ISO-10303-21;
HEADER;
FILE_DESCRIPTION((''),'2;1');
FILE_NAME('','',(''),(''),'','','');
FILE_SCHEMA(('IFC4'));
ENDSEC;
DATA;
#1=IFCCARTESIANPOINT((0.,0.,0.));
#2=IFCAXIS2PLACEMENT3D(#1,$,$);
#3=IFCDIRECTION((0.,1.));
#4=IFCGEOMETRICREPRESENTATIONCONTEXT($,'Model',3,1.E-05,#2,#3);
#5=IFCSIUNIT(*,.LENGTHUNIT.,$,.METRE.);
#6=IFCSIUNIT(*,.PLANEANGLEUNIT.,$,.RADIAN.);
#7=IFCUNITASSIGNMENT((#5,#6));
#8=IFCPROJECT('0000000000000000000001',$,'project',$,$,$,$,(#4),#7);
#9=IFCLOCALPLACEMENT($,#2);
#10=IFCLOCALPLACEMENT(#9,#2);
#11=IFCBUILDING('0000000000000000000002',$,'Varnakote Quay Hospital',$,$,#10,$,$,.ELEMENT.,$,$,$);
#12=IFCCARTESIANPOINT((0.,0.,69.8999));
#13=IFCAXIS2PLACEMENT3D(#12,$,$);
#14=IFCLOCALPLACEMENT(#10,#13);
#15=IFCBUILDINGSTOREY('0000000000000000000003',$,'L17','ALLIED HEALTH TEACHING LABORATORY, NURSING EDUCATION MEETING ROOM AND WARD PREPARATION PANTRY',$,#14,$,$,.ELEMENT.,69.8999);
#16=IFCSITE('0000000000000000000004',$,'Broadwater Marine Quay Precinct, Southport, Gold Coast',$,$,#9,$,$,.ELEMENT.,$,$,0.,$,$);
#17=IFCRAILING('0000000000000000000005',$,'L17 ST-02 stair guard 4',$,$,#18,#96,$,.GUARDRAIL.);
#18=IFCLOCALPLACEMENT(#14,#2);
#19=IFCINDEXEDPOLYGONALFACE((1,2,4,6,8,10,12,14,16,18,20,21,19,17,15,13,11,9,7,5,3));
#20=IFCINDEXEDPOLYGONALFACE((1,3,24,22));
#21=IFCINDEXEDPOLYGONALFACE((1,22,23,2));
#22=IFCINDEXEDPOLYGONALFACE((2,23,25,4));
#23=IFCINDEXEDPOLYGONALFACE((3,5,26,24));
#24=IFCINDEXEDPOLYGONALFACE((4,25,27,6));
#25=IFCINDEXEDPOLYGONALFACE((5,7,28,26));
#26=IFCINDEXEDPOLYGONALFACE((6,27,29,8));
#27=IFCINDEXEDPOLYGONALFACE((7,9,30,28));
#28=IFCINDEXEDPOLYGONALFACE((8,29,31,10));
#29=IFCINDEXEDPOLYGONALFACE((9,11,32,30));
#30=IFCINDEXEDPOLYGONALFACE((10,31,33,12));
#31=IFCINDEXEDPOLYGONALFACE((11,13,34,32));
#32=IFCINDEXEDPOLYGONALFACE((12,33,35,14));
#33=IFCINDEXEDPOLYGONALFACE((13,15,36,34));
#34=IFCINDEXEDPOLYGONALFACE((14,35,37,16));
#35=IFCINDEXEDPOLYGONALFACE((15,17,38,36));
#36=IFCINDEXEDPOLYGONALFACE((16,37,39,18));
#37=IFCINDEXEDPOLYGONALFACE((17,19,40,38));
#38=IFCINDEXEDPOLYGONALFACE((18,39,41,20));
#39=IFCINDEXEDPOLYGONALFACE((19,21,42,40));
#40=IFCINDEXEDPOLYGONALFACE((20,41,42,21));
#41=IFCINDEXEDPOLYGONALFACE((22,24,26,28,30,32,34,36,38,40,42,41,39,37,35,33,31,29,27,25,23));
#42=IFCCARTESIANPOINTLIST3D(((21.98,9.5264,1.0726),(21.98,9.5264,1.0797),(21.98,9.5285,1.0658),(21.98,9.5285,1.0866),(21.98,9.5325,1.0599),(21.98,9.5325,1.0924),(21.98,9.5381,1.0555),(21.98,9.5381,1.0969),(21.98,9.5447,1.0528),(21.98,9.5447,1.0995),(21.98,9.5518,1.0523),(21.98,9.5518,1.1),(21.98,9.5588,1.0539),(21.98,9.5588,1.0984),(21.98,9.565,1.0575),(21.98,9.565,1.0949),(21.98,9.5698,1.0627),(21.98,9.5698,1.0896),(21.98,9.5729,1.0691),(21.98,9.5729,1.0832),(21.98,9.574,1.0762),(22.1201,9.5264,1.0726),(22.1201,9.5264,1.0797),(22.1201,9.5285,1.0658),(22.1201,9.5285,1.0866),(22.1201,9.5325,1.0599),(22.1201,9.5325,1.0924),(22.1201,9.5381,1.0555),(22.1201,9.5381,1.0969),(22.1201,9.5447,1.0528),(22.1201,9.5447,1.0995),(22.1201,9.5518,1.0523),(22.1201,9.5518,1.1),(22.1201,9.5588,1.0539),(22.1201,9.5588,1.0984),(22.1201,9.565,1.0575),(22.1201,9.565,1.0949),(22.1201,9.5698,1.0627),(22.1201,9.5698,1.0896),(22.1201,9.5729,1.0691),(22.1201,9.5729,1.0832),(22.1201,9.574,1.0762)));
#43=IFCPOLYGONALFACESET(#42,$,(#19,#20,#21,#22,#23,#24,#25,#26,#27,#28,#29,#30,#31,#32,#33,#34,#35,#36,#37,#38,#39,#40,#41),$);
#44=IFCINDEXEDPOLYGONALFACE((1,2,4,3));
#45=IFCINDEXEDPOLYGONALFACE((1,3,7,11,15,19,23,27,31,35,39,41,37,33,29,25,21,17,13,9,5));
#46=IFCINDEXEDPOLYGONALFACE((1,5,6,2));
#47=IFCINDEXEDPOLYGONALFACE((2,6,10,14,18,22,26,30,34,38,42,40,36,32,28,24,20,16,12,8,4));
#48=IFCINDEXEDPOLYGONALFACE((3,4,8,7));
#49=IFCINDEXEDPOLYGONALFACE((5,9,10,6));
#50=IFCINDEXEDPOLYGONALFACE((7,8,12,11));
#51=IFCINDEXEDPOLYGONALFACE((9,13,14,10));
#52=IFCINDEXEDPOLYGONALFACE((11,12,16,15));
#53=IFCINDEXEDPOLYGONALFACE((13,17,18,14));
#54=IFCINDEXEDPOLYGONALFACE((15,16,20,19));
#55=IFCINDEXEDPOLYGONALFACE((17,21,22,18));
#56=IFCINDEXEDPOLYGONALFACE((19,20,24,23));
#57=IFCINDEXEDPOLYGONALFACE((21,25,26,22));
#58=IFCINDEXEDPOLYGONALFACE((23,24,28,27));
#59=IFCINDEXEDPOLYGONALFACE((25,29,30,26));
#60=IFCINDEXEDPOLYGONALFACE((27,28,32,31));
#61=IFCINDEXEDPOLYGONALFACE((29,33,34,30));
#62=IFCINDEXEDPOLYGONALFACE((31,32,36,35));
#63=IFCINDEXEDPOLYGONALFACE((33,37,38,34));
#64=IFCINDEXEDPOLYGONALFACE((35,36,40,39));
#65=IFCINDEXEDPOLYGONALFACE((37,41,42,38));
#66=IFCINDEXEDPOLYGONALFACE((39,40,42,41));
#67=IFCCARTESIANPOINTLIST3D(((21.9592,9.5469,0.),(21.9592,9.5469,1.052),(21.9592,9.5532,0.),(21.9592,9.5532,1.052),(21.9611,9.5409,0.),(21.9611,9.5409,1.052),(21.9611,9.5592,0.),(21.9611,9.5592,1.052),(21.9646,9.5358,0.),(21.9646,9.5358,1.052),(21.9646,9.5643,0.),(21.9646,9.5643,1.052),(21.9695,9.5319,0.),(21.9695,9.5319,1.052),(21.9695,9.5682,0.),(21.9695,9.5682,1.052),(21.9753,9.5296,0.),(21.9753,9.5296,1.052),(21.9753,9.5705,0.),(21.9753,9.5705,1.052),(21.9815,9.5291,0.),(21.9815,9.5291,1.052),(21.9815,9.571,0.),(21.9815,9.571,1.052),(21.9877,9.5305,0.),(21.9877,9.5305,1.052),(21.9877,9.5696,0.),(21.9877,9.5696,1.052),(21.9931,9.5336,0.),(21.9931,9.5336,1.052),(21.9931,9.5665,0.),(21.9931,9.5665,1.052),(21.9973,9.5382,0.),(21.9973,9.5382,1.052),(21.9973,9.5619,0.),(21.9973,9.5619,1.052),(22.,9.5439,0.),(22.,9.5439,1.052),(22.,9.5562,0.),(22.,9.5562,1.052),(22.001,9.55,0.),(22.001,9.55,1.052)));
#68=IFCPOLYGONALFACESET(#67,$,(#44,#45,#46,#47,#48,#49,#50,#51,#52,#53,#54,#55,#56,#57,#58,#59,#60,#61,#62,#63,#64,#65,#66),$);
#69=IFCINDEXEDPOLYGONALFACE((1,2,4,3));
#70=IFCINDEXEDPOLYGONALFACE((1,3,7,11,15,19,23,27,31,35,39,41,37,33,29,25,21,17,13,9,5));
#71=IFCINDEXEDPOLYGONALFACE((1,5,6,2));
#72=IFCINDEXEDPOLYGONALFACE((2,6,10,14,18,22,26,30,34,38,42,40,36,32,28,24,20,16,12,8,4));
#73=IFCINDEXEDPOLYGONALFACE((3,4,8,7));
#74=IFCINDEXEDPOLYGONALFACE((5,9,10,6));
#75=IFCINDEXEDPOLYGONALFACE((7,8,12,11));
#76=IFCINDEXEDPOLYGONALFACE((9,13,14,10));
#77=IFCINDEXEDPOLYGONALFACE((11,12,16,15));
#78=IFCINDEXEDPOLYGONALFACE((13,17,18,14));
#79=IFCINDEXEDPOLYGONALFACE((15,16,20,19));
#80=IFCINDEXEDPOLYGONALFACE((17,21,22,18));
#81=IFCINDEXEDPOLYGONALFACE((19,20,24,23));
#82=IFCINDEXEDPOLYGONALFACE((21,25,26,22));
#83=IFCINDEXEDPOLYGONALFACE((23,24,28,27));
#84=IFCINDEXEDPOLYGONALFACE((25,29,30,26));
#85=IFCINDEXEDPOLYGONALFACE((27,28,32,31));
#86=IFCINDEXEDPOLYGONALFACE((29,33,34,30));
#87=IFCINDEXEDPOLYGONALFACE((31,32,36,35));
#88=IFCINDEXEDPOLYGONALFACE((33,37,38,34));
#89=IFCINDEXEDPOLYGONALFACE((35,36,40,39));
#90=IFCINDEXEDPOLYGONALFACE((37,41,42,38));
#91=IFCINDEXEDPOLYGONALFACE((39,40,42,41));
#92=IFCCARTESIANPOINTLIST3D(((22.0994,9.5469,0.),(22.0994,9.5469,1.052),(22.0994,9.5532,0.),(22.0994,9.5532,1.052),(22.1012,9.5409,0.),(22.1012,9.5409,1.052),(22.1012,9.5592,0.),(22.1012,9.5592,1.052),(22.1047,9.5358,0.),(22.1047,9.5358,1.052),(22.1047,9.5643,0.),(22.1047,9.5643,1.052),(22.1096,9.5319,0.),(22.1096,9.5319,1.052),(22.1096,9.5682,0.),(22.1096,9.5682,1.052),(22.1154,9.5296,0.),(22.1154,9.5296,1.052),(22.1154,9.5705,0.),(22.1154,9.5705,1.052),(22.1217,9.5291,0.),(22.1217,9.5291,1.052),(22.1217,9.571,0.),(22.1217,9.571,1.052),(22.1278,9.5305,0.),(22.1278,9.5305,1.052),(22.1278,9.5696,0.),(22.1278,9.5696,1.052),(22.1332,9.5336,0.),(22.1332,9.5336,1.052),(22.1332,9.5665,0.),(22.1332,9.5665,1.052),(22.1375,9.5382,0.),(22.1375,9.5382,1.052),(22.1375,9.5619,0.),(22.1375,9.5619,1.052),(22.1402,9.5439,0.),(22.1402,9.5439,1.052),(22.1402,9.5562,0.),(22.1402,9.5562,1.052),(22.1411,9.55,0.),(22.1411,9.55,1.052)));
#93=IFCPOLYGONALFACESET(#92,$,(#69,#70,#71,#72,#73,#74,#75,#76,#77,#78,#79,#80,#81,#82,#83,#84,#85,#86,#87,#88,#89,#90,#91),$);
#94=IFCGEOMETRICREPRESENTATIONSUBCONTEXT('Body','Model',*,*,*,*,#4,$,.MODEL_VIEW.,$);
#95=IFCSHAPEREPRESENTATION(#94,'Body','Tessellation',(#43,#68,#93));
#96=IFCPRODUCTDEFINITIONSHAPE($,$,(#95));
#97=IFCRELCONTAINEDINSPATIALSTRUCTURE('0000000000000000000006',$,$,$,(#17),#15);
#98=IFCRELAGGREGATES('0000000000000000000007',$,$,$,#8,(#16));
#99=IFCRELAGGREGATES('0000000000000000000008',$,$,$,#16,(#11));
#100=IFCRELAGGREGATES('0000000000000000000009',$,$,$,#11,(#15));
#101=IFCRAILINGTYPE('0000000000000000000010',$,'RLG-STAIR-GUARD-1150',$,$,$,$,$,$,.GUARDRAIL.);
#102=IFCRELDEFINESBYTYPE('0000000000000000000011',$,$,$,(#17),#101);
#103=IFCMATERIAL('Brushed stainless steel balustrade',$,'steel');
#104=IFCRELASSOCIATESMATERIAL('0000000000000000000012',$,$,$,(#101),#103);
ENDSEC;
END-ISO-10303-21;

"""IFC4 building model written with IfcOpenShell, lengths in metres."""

from ifc_helpers import new_model, si_unit, direction, frame, origin, origin_2d, place, context, subcontext, project, spatial, circle, extrude, material, type_object, element, save


model = new_model("IFC4")

# Units and contexts
model_context = context("Model", 3, precision=1e-05, world=origin(), true_north=direction((0.0, 1.0)))
body_context = subcontext(model_context, "Body", "Model", "MODEL_VIEW")
ifc_project = project(units=[si_unit("LENGTHUNIT", "METRE"), si_unit("PLANEANGLEUNIT", "RADIAN")], contexts=[model_context])

# Site, building, storey
site_placement = place(None, origin())
site = spatial("IfcSite", under=ifc_project, at=site_placement, Name="Broadwater Marine Quay Precinct, Southport, Gold Coast", CompositionType="ELEMENT", RefElevation=0.0)
building_placement = place(site_placement, origin())
building = spatial("IfcBuilding", under=site, at=building_placement, Name="Varnakote Quay Hospital", CompositionType="ELEMENT")
storey_placement = place(building_placement, frame((0.0, 0.0, 69.8999)))
storey = spatial("IfcBuildingStorey", under=building, at=storey_placement, Name="L17", Description="ALLIED HEALTH TEACHING LABORATORY, NURSING EDUCATION MEETING ROOM AND WARD PREPARATION PANTRY", CompositionType="ELEMENT", Elevation=69.8999)

# Railing
ifc_material_1 = material(Name="Brushed stainless steel balustrade", Category="steel")
railing_type_1 = type_object("IfcRailingType", Name="RLG-STAIR-GUARD-1150", PredefinedType="GUARDRAIL", material=ifc_material_1)
railing_1_placement = place(storey_placement, frame((21.98, 9.55, 0.0)))
element("IfcRailing", 1, at=railing_1_placement, inside=storey, type_object=railing_type_1, Name="L17 ST-02 stair guard 4", PredefinedType="GUARDRAIL", context=body_context, shape_type="SweptSolid", body=[
    extrude(circle(Radius=0.0239, at=origin_2d()), frame((0.0, 0.0, 1.0762), z_axis=(1.0, 0.0, 0.0), x_axis=(0.0, 1.0, 0.0)), (0.0, 0.0, 1.0), 0.1401),
    extrude(circle(Radius=0.021, at=origin_2d()), origin(), (0.0, 0.0, 1.0), 1.052),
    extrude(circle(Radius=0.021, at=origin_2d()), frame((0.1401, 0.0, 0.0)), (0.0, 0.0, 1.0), 1.052),
])

save(model, "model.ifc")
